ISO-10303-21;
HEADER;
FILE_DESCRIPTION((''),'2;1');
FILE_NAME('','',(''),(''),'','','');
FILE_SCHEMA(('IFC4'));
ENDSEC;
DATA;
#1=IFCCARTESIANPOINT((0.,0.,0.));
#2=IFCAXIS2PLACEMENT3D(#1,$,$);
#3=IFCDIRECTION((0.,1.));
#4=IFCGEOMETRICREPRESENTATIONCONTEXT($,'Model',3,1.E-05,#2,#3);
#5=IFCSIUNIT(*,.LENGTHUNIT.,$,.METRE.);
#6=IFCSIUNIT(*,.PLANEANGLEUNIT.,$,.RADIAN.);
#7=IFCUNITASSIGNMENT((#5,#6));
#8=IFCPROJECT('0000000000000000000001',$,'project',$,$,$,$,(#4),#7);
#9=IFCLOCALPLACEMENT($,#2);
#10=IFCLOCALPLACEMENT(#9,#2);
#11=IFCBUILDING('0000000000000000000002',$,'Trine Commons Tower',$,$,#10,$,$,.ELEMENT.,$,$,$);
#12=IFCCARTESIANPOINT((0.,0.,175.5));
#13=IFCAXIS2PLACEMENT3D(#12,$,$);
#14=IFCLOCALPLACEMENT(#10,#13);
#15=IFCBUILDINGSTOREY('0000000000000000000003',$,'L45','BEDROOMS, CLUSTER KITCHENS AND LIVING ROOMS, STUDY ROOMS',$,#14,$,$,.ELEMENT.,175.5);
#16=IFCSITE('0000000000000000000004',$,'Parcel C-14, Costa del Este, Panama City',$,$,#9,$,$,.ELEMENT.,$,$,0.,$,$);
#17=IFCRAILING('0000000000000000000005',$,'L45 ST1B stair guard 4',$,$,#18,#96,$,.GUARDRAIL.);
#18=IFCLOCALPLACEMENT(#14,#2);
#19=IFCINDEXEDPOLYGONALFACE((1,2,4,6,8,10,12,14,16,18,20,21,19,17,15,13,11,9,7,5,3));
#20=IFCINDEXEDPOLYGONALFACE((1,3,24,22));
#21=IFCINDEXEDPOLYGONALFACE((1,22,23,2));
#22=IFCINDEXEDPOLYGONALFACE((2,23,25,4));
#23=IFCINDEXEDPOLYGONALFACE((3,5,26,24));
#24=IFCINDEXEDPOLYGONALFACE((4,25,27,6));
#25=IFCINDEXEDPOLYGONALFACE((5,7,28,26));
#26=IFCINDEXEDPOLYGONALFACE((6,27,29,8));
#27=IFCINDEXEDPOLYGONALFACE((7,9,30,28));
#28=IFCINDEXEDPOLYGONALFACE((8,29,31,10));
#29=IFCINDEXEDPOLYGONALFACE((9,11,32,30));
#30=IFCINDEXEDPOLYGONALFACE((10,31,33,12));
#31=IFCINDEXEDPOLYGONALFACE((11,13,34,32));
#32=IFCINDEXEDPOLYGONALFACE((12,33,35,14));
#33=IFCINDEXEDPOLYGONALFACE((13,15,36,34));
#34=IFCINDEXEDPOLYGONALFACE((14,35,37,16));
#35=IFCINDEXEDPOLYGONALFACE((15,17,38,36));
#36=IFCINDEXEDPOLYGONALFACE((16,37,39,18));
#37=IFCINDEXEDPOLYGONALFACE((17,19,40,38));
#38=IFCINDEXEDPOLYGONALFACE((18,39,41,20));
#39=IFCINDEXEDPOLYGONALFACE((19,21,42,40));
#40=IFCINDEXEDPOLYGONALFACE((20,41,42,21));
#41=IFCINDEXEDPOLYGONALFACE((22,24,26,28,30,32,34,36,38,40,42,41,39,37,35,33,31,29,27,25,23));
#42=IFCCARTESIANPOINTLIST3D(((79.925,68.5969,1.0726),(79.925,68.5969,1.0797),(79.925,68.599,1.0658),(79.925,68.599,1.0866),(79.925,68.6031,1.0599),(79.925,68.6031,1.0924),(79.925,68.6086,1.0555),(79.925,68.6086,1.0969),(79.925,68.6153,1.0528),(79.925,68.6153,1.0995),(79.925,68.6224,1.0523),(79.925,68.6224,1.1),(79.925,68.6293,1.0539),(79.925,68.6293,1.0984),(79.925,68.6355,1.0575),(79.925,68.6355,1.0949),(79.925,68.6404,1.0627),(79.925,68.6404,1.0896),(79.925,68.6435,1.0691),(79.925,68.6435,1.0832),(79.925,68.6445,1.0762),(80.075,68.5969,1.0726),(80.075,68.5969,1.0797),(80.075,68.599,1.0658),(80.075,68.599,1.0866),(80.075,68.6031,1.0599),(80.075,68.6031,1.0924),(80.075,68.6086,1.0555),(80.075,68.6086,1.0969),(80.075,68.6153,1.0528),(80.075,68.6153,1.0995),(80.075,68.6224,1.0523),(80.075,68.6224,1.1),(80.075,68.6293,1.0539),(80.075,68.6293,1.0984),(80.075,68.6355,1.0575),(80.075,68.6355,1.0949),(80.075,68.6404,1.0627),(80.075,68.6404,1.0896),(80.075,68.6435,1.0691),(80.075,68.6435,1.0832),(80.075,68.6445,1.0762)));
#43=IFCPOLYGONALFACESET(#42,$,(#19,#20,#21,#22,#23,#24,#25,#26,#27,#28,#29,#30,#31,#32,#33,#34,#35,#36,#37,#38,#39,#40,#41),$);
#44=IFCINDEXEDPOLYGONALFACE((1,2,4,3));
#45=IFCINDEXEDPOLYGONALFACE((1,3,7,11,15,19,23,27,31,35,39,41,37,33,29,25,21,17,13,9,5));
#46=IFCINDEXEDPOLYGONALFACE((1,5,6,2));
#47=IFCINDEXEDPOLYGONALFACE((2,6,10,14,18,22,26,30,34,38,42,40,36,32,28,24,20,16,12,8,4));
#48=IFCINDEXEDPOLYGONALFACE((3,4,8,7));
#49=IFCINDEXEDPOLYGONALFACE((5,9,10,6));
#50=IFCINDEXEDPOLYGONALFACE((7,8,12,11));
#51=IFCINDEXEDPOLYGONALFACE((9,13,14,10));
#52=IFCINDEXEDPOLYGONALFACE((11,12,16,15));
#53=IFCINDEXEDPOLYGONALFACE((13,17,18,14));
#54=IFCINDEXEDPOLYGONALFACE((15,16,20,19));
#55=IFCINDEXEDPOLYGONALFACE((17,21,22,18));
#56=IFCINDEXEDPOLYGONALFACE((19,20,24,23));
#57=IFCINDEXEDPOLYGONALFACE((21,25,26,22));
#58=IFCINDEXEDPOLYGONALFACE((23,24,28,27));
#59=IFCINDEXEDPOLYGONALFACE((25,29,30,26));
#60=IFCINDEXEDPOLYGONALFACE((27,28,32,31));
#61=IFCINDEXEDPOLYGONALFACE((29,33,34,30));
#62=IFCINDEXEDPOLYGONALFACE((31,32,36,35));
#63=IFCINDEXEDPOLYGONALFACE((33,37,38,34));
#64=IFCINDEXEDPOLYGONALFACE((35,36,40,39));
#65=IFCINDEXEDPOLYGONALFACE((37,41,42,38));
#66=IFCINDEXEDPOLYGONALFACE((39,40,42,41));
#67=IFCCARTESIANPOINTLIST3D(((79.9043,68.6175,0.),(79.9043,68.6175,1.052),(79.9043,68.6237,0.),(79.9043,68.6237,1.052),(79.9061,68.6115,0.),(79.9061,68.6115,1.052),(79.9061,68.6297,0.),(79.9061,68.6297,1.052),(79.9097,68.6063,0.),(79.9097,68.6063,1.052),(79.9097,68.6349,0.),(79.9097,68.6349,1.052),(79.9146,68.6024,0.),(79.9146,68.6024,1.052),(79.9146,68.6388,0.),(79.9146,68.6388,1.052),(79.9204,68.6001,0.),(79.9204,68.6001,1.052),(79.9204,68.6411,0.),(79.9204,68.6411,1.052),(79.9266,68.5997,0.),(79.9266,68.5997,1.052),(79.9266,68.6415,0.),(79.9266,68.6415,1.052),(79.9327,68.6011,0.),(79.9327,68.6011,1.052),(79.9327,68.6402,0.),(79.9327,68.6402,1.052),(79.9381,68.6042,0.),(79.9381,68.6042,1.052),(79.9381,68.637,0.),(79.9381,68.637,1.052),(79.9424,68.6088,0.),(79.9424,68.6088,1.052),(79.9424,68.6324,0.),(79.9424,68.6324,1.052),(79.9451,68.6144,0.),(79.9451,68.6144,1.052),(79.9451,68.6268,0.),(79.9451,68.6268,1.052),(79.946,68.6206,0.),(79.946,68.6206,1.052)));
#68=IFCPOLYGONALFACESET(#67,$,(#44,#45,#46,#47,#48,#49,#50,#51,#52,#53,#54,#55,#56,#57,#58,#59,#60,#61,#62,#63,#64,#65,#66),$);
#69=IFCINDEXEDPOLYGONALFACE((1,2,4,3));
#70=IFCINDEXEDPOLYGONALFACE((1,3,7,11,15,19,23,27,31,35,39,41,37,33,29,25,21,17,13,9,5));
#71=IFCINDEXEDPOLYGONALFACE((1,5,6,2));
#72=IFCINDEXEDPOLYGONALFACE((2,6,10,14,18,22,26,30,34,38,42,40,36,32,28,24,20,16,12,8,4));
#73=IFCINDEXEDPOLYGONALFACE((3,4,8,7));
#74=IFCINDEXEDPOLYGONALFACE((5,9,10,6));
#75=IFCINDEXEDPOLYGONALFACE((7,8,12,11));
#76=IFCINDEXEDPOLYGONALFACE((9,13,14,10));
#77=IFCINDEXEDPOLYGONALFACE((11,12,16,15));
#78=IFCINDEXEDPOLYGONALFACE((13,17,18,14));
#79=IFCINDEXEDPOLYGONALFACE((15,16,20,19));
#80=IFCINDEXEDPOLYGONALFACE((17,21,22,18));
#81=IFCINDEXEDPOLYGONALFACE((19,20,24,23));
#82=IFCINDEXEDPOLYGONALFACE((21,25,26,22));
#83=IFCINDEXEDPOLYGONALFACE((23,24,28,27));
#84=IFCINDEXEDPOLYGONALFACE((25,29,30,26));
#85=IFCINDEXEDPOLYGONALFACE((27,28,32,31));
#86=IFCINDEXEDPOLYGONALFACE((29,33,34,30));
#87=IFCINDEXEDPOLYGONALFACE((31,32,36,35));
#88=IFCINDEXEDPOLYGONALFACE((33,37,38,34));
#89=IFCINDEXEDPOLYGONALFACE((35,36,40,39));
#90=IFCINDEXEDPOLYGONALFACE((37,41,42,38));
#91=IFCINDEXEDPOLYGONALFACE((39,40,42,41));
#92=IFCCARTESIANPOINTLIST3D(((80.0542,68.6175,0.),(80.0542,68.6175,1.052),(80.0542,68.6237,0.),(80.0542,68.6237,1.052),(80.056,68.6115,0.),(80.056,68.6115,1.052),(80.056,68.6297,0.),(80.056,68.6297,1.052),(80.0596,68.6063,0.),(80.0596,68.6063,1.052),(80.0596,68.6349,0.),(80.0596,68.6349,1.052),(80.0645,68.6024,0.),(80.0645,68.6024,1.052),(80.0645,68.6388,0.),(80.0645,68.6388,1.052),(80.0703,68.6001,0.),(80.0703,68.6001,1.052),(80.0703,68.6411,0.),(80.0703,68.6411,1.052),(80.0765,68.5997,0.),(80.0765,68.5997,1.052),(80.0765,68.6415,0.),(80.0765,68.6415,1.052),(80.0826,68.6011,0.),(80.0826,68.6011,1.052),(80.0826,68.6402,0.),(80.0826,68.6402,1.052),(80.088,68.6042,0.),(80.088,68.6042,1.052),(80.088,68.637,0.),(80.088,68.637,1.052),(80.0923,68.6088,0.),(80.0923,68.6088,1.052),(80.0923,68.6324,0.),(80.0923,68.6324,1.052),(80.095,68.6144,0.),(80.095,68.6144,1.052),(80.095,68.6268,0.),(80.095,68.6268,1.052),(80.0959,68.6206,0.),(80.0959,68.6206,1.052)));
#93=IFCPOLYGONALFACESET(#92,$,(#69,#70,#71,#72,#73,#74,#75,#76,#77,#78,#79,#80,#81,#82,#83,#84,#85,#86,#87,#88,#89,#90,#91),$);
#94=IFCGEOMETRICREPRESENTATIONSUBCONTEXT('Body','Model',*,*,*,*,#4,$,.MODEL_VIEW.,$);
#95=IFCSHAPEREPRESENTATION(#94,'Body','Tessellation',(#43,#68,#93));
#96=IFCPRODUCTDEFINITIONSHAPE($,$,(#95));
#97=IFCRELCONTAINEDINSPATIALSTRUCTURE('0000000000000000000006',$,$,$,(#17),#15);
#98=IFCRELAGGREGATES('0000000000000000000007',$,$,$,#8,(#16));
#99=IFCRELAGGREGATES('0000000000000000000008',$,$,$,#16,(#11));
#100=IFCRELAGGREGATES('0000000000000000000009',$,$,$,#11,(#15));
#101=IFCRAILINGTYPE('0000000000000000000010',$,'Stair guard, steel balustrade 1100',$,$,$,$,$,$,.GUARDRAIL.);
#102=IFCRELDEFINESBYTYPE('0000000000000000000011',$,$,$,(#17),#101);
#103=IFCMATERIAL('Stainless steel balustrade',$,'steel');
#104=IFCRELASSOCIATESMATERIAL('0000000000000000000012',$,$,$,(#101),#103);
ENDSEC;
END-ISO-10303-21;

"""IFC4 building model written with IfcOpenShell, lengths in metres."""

from ifc_helpers import new_model, si_unit, direction, frame, origin, origin_2d, place, context, subcontext, project, spatial, circle, extrude, material, type_object, element, save


model = new_model("IFC4")

# Units and contexts
model_context = context("Model", 3, precision=1e-05, world=origin(), true_north=direction((0.0, 1.0)))
body_context = subcontext(model_context, "Body", "Model", "MODEL_VIEW")
ifc_project = project(units=[si_unit("LENGTHUNIT", "METRE"), si_unit("PLANEANGLEUNIT", "RADIAN")], contexts=[model_context])

# Site, building, storey
site_placement = place(None, origin())
site = spatial("IfcSite", under=ifc_project, at=site_placement, Name="Parcel C-14, Costa del Este, Panama City", CompositionType="ELEMENT", RefElevation=0.0)
building_placement = place(site_placement, origin())
building = spatial("IfcBuilding", under=site, at=building_placement, Name="Trine Commons Tower", CompositionType="ELEMENT")
storey_placement = place(building_placement, frame((0.0, 0.0, 175.5)))
storey = spatial("IfcBuildingStorey", under=building, at=storey_placement, Name="L45", Description="BEDROOMS, CLUSTER KITCHENS AND LIVING ROOMS, STUDY ROOMS", CompositionType="ELEMENT", Elevation=175.5)

# Railing
ifc_material_1 = material(Name="Stainless steel balustrade", Category="steel")
railing_type_1 = type_object("IfcRailingType", Name="Stair guard, steel balustrade 1100", PredefinedType="GUARDRAIL", material=ifc_material_1)
railing_1_placement = place(storey_placement, frame((79.925, 68.6206, 0.0)))
element("IfcRailing", 1, at=railing_1_placement, inside=storey, type_object=railing_type_1, Name="L45 ST1B stair guard 4", PredefinedType="GUARDRAIL", context=body_context, shape_type="SweptSolid", body=[
    extrude(circle(Radius=0.0239, at=origin_2d()), frame((0.0, 0.0, 1.0762), z_axis=(1.0, 0.0, 0.0), x_axis=(0.0, 1.0, 0.0)), (0.0, 0.0, 1.0), 0.1499),
    extrude(circle(Radius=0.021, at=origin_2d()), origin(), (0.0, 0.0, 1.0), 1.052),
    extrude(circle(Radius=0.021, at=origin_2d()), frame((0.1499, 0.0, 0.0)), (0.0, 0.0, 1.0), 1.052),
])

save(model, "model.ifc")
